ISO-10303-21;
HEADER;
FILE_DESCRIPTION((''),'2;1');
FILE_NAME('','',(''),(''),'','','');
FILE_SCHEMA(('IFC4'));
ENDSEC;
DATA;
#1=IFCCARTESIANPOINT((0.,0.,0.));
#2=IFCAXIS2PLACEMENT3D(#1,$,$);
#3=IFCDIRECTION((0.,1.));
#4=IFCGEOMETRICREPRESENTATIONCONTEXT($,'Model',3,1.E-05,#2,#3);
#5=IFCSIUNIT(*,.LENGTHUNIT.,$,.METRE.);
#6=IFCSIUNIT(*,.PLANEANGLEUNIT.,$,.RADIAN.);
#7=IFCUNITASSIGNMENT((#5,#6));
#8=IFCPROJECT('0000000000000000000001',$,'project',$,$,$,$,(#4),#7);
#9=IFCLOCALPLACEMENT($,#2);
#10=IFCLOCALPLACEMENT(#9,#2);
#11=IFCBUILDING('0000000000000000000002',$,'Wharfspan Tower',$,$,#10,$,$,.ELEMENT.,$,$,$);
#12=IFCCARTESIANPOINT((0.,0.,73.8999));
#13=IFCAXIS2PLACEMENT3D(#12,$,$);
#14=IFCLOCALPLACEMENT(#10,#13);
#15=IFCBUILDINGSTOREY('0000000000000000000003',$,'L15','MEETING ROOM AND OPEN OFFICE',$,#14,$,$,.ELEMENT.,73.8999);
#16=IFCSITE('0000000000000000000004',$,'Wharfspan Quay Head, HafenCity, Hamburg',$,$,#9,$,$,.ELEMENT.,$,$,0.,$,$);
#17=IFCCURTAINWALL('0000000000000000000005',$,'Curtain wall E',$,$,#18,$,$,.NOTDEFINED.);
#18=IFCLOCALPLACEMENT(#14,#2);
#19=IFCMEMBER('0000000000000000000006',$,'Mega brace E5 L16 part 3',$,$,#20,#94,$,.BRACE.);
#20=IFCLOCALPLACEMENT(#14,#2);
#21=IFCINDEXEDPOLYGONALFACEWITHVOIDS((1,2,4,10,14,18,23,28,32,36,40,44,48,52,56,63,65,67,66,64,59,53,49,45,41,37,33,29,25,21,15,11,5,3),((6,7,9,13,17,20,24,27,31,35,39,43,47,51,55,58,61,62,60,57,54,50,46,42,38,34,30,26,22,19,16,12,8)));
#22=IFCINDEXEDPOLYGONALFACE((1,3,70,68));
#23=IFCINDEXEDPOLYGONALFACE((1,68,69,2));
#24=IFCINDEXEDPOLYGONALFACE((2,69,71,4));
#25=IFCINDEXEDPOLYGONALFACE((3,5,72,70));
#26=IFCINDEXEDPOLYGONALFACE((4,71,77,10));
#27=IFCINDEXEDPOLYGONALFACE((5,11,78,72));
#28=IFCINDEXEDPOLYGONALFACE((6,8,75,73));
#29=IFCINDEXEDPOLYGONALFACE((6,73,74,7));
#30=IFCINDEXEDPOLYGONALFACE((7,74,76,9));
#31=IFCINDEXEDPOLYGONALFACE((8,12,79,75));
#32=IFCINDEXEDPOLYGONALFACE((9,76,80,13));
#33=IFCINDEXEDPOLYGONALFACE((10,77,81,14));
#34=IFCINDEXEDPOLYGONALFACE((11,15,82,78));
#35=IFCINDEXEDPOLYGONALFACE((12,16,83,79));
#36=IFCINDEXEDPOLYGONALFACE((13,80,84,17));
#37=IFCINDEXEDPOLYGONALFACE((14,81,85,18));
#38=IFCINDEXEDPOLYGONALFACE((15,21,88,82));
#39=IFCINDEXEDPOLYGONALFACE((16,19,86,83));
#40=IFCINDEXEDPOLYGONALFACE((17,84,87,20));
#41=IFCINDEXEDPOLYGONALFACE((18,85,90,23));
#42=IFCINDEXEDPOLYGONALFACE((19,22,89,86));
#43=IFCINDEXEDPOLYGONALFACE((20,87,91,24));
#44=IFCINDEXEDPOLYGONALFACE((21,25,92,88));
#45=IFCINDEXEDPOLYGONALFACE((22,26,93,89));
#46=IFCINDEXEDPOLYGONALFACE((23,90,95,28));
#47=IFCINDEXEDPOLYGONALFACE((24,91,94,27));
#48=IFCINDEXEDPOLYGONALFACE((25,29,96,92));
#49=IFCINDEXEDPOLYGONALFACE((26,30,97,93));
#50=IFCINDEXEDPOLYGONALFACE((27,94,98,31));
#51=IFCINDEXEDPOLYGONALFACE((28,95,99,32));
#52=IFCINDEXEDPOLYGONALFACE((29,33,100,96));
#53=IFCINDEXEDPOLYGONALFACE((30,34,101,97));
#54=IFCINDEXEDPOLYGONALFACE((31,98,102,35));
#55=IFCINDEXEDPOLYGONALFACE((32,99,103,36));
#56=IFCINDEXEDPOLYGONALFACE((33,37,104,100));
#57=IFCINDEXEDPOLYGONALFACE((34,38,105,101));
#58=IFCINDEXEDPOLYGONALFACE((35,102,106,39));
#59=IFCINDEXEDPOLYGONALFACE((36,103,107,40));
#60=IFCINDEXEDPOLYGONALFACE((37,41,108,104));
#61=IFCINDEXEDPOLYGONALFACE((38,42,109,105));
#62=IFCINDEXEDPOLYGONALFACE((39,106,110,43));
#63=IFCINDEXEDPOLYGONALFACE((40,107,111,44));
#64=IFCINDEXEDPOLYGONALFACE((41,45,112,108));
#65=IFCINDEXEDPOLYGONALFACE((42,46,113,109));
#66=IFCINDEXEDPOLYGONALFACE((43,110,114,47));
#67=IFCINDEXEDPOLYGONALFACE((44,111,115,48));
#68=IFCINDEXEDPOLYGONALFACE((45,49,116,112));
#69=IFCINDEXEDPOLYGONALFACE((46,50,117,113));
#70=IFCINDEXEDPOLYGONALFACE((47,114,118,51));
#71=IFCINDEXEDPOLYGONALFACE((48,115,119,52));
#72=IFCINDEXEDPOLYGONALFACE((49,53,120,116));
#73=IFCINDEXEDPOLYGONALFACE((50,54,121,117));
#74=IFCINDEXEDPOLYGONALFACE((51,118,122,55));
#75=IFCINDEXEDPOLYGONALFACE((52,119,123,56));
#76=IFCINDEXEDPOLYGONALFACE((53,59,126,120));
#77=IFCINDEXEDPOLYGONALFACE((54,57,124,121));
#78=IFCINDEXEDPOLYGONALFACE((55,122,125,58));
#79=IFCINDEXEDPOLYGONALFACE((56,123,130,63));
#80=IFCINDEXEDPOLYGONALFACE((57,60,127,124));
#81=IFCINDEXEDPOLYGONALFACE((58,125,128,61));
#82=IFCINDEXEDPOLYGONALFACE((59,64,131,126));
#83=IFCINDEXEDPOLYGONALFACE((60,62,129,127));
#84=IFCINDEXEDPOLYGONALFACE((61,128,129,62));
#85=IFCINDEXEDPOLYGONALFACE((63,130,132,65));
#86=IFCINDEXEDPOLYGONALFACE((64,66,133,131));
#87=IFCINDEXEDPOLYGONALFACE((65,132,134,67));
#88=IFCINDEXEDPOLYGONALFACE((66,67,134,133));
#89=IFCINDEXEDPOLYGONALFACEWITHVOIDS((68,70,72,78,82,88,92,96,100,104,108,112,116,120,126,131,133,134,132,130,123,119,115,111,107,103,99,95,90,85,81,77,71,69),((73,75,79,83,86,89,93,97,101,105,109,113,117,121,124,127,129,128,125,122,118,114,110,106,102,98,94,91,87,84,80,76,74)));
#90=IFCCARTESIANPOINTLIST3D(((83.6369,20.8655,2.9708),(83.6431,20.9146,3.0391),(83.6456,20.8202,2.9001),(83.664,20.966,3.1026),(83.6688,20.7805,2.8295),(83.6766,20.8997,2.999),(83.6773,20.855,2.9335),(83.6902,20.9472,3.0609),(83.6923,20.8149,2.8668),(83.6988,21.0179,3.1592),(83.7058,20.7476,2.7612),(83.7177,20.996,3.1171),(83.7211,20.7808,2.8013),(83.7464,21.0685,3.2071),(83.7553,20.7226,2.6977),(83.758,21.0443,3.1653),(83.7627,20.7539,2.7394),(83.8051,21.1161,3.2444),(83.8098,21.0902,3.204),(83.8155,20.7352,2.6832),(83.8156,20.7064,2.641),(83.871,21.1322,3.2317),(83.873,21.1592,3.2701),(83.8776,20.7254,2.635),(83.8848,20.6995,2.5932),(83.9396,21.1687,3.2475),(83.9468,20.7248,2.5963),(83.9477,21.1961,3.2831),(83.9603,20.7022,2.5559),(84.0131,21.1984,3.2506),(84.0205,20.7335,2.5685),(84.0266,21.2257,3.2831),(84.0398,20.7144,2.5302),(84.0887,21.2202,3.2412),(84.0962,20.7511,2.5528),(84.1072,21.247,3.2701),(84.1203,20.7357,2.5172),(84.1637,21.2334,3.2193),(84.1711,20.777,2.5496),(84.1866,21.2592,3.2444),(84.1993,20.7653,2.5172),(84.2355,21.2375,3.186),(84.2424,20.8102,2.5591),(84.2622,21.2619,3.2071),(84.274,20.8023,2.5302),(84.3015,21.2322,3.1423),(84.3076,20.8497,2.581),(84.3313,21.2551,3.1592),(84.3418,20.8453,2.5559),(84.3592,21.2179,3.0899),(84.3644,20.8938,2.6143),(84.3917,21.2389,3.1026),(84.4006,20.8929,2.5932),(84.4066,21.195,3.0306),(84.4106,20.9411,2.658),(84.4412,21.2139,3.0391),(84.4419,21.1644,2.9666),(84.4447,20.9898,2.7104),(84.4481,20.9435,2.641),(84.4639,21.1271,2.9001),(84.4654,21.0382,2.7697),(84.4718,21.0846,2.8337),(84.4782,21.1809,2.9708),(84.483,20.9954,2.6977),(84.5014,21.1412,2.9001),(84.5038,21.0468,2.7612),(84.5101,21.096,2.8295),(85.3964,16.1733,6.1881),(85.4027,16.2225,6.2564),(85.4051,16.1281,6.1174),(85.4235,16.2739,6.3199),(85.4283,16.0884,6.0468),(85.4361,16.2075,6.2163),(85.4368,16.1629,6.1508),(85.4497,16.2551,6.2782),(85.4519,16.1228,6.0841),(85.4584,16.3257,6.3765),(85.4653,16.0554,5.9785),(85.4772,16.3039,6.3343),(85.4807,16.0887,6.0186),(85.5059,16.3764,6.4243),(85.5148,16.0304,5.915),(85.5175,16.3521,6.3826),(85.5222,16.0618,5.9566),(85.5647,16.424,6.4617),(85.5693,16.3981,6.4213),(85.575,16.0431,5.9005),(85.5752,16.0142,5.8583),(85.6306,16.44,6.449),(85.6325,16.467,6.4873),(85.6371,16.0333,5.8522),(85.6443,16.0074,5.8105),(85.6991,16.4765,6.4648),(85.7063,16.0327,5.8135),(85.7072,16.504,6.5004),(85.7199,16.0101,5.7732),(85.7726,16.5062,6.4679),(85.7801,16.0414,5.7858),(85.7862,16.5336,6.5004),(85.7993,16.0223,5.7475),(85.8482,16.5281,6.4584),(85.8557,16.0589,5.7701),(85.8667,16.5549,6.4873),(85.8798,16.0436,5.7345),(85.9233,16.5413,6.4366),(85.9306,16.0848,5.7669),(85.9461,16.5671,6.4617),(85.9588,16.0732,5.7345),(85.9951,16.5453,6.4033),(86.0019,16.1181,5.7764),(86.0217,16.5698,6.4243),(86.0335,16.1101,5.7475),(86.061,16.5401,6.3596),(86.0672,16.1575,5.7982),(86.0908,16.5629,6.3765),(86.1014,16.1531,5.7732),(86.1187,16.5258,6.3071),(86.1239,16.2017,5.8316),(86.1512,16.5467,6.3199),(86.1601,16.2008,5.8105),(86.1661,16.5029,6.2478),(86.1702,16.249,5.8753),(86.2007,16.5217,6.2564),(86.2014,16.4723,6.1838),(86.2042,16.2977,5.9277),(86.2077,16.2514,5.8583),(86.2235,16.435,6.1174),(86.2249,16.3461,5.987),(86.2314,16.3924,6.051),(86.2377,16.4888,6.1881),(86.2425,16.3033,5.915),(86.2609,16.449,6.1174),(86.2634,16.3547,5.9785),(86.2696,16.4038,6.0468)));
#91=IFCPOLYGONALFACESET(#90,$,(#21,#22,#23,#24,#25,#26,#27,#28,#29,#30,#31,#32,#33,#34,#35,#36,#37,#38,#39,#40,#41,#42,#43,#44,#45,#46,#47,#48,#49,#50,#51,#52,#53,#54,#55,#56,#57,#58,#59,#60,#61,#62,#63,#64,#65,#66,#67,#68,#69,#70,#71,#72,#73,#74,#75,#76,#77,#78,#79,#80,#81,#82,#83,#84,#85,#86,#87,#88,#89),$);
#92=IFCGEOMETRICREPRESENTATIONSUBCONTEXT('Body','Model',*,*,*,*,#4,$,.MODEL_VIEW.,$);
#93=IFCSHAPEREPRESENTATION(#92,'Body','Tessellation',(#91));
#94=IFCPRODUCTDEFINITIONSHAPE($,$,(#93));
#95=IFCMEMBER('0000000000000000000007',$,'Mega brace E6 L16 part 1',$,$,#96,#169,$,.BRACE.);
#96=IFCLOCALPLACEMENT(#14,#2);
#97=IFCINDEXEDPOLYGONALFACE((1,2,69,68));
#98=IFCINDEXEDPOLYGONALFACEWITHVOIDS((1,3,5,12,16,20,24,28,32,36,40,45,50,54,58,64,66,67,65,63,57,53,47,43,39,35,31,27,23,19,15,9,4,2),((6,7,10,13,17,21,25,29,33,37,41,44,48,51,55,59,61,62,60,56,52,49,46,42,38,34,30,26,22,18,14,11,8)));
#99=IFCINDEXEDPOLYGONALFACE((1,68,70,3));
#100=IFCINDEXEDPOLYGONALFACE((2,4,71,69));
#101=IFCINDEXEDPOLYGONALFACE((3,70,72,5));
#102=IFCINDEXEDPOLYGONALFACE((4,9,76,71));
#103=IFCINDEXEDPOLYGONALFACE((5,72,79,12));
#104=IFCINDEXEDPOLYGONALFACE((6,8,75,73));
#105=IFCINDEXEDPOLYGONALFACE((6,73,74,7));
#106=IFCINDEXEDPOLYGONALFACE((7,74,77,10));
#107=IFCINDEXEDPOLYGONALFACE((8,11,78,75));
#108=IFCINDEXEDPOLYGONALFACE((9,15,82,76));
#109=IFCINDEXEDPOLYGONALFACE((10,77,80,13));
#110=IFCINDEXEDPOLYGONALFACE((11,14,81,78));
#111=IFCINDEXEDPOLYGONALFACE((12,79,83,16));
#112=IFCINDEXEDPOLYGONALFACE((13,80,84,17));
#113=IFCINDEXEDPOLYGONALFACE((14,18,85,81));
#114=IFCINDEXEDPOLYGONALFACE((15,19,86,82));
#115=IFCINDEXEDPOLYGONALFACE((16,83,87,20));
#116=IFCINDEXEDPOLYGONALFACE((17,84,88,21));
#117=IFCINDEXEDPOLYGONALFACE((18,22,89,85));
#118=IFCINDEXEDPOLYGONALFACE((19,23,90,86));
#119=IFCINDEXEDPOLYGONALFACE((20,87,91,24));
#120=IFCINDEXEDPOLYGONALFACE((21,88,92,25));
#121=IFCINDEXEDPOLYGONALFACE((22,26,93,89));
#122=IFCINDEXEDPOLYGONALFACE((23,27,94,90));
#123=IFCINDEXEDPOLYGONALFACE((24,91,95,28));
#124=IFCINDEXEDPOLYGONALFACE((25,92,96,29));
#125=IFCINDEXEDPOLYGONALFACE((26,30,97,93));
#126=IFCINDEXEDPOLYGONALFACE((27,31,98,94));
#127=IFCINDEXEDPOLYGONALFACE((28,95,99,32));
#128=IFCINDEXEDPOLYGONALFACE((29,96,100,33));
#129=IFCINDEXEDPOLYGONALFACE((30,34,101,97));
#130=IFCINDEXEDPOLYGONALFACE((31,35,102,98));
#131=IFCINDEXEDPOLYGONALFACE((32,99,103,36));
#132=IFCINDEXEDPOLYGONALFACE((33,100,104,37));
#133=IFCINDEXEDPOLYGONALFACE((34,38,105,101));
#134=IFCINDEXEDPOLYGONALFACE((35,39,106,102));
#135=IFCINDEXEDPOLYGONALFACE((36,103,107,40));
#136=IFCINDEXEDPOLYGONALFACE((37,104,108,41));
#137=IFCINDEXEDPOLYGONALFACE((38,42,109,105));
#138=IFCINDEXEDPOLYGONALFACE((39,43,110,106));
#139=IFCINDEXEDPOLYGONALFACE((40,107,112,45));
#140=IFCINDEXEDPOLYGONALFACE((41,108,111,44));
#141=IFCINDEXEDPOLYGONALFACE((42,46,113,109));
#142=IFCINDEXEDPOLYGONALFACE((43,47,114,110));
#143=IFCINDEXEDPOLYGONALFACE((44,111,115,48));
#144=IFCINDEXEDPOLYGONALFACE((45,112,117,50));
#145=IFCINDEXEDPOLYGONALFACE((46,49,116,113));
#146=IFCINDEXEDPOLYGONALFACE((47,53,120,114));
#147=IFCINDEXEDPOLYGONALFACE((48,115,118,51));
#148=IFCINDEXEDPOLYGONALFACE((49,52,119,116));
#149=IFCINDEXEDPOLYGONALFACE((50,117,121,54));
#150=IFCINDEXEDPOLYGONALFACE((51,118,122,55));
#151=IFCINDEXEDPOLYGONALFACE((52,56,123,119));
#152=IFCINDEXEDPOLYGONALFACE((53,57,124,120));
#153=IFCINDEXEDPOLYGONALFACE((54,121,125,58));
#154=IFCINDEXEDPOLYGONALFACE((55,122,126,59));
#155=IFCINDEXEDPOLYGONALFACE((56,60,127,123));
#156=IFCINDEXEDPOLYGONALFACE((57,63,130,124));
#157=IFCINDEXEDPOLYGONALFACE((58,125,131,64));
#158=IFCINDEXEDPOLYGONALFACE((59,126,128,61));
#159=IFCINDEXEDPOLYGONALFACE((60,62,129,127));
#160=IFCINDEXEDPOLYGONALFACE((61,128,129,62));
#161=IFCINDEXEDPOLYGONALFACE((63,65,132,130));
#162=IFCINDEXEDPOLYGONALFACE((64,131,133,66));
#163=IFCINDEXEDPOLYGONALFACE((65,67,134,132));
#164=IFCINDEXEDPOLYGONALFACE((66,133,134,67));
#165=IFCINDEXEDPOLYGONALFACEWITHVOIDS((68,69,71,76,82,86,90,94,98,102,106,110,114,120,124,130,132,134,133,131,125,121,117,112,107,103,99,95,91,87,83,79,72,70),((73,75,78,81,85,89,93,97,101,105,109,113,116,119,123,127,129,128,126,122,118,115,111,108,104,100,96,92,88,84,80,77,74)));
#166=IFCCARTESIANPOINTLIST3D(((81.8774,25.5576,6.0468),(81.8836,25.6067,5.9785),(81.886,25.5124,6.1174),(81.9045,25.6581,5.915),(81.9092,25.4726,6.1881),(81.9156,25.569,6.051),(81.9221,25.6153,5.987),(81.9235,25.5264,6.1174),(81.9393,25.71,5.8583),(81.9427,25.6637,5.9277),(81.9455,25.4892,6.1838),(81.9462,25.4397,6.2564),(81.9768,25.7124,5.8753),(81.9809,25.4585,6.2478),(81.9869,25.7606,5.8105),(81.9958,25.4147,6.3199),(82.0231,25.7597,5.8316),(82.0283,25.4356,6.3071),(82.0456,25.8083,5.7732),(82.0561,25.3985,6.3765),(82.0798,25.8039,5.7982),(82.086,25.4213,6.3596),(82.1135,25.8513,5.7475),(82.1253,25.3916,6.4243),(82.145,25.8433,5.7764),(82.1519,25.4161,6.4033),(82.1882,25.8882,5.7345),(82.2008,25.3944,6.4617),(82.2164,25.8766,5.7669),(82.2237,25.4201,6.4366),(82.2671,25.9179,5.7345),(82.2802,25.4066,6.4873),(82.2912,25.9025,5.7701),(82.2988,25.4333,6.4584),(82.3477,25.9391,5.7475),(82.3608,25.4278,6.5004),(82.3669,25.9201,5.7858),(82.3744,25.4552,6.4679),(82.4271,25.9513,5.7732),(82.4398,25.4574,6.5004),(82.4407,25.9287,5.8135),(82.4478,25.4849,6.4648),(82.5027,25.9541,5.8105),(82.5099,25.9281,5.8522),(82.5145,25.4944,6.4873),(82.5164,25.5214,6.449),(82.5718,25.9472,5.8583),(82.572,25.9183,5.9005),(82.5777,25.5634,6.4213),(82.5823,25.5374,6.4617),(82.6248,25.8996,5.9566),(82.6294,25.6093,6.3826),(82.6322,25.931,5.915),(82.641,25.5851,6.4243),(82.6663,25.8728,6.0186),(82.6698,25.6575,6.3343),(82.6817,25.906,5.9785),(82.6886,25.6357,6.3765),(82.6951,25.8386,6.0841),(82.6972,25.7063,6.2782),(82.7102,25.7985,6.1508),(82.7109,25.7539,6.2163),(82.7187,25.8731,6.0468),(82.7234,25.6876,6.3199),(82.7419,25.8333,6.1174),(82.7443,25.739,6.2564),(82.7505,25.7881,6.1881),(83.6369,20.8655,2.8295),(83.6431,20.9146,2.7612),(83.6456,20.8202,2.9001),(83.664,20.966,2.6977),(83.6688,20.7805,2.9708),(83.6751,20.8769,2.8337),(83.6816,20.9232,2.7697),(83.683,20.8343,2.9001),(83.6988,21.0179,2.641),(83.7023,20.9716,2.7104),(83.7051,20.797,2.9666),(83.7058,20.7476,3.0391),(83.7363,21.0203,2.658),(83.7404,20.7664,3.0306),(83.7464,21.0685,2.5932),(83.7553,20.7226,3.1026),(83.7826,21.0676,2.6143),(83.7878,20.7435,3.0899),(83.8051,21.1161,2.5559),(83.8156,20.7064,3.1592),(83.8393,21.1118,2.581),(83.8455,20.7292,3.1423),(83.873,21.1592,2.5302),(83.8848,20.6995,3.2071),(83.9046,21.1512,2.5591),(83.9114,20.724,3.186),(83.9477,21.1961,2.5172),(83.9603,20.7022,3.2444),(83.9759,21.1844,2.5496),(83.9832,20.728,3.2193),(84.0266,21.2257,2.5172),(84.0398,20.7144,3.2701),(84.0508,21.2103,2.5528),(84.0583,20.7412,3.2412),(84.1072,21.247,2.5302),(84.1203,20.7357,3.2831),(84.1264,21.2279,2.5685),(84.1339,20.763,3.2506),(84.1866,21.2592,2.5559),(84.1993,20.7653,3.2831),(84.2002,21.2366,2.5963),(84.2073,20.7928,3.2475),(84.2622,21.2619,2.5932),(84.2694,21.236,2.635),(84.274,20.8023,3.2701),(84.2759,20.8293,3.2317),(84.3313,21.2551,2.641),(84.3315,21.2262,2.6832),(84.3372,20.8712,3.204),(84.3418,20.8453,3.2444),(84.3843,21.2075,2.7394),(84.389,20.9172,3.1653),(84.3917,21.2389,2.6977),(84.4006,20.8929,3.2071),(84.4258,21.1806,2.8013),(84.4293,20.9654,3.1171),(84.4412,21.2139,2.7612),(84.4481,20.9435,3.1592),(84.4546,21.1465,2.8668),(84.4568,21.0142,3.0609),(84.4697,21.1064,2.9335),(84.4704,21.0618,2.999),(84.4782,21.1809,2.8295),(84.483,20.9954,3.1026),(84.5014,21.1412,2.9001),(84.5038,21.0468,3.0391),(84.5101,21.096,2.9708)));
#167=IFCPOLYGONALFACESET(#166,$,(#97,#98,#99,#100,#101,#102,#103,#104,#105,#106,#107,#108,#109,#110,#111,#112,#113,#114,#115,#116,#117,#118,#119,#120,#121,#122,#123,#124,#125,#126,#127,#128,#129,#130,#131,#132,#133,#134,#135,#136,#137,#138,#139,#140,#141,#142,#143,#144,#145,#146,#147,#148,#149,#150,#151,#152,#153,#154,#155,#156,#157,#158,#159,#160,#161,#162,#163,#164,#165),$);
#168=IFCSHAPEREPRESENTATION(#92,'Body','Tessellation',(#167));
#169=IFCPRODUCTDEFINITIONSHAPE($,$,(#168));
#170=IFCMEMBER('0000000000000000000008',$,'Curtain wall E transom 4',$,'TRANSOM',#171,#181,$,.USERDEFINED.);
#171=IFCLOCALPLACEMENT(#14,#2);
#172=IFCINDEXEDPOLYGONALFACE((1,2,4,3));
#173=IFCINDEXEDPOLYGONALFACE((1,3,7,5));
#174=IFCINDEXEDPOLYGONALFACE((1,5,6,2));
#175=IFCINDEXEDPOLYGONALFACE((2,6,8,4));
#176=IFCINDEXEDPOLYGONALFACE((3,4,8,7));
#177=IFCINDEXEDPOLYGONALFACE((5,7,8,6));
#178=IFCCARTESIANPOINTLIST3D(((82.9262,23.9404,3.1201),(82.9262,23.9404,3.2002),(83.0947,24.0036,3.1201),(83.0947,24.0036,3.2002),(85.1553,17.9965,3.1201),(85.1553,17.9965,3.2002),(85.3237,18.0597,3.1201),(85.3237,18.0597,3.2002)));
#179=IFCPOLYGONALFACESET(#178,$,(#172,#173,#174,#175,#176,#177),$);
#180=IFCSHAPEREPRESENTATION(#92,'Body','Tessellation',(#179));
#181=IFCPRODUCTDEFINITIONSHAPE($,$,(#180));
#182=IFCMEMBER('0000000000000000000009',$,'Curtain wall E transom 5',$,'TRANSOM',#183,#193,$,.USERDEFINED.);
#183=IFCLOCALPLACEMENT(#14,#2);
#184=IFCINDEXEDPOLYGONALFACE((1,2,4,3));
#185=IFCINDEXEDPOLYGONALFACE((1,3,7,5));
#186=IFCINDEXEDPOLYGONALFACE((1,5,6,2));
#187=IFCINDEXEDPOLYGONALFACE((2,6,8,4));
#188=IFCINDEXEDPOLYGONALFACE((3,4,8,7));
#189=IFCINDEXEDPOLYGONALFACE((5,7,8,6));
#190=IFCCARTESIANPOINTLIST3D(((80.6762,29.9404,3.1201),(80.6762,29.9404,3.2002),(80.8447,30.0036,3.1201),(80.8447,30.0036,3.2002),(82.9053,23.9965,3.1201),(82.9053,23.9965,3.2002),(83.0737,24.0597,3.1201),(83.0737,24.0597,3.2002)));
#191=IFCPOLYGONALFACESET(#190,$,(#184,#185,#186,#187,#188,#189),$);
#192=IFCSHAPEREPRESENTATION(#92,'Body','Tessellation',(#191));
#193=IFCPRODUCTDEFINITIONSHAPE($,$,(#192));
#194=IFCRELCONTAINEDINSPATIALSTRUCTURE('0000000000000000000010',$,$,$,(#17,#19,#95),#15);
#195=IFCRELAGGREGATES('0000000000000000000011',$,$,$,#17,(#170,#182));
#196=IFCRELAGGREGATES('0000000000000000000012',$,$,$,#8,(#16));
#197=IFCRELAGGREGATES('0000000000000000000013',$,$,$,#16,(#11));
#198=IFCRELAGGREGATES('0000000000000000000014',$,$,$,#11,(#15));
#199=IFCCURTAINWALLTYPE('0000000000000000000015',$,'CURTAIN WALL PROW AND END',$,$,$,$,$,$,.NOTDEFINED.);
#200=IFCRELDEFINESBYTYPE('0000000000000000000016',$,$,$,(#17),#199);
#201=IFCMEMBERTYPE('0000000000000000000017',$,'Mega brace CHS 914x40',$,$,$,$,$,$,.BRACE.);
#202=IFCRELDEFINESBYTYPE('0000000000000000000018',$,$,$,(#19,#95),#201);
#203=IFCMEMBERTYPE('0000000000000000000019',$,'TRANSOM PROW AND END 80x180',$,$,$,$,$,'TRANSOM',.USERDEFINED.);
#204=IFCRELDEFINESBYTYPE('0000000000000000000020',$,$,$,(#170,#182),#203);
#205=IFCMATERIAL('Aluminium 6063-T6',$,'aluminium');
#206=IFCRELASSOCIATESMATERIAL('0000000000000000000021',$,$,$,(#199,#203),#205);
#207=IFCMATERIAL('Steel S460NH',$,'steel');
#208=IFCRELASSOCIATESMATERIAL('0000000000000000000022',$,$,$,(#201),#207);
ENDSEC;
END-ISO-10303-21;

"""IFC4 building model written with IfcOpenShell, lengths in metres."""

from ifc_helpers import new_model, si_unit, direction, frame, origin, origin_2d, place, context, subcontext, project, spatial, rectangle, hollow_circle, extrude, material, material_profile, profile_set, type_object, element, aggregate, save


model = new_model("IFC4")

# Units and contexts
model_context = context("Model", 3, precision=1e-05, world=origin(), true_north=direction((0.0, 1.0)))
body_context = subcontext(model_context, "Body", "Model", "MODEL_VIEW")
ifc_project = project(units=[si_unit("LENGTHUNIT", "METRE"), si_unit("PLANEANGLEUNIT", "RADIAN")], contexts=[model_context])

# Site, building, storey
site_placement = place(None, origin())
site = spatial("IfcSite", under=ifc_project, at=site_placement, Name="Wharfspan Quay Head, HafenCity, Hamburg", CompositionType="ELEMENT", RefElevation=0.0)
building_placement = place(site_placement, origin())
building = spatial("IfcBuilding", under=site, at=building_placement, Name="Wharfspan Tower", CompositionType="ELEMENT")
storey_placement = place(building_placement, frame((0.0, 0.0, 73.8999)))
storey = spatial("IfcBuildingStorey", under=building, at=storey_placement, Name="L15", Description="MEETING ROOM AND OPEN OFFICE", CompositionType="ELEMENT", Elevation=73.8999)

# Curtain wall
ifc_material_1 = material(Name="Aluminium 6063-T6", Category="aluminium")
curtain_wall_type = type_object("IfcCurtainWallType", Name="CURTAIN WALL PROW AND END", PredefinedType="NOTDEFINED", material=ifc_material_1)
curtain_wall_placement = place(storey_placement, origin())
curtain_wall = element("IfcCurtainWall", 1, at=curtain_wall_placement, inside=storey, type_object=curtain_wall_type, Name="Curtain wall E", PredefinedType="NOTDEFINED")

# Members
ifc_material_2 = material(Name="Steel S460NH", Category="steel")
ifc_material_profile_1 = material_profile(ifc_material_2, hollow_circle(Radius=0.457, WallThickness=0.04, at=origin_2d()))
ifc_profile_set_1 = profile_set([ifc_material_profile_1], Name="Steel S460NH")
member_type_1 = type_object("IfcMemberType", Name="Mega brace CHS 914x40", PredefinedType="BRACE", material=ifc_profile_set_1)
for number, where, z_axis, x_axis, name in (
    (2, (84.0735, 20.9807, 2.9001), (0.295466, -0.787922, 0.540259), (0.936329, 0.351115, -0.000004), "Mega brace E5 L16 part 3"),
    (3, (84.0735, 20.9807, 2.9001), (-0.295466, 0.787922, 0.540259), (-0.936329, -0.351115, -0.000004), "Mega brace E6 L16 part 1"),
):
    element("IfcMember", number, at=place(storey_placement, frame(where, z_axis=z_axis, x_axis=x_axis)), inside=storey, type_object=member_type_1, Name=name, PredefinedType="BRACE", context=body_context, shape_type="SweptSolid", body=[
        extrude(hollow_circle(Radius=0.457, WallThickness=0.04, at=origin_2d()), origin(), (0.0, 0.0, 1.0), 5.9551),
    ])

# Members
ifc_material_profile_2 = material_profile(ifc_material_1, rectangle(XDim=0.1799, YDim=0.0801, at=origin_2d()))
ifc_profile_set_2 = profile_set([ifc_material_profile_2], Name="Aluminium 6063-T6")
member_type_2 = type_object("IfcMemberType", Name="TRANSOM PROW AND END 80x180", ElementType="TRANSOM", PredefinedType="USERDEFINED", material=ifc_profile_set_2)
member_1_placement = place(storey_placement, frame((85.2395, 18.0281, 3.1602), z_axis=(-0.351132, 0.936326, 0.0), x_axis=(-0.936326, -0.351132, 0.0)))
member_1 = element("IfcMember", 4, at=member_1_placement, type_object=member_type_2, Name="Curtain wall E transom 4", ObjectType="TRANSOM", PredefinedType="USERDEFINED", context=body_context, shape_type="SweptSolid", body=[
    extrude(rectangle(XDim=0.1799, YDim=0.0801, at=origin_2d()), origin(), (0.0, 0.0, 1.0), 6.3481),
])
member_2_placement = place(storey_placement, frame((82.9895, 24.0281, 3.1602), z_axis=(-0.351132, 0.936326, 0.0), x_axis=(-0.936326, -0.351132, 0.0)))
member_2 = element("IfcMember", 5, at=member_2_placement, type_object=member_type_2, Name="Curtain wall E transom 5", ObjectType="TRANSOM", PredefinedType="USERDEFINED", context=body_context, shape_type="SweptSolid", body=[
    extrude(rectangle(XDim=0.1799, YDim=0.0801, at=origin_2d()), origin(), (0.0, 0.0, 1.0), 6.3481),
])

aggregate(curtain_wall, [member_1, member_2])

save(model, "model.ifc")
